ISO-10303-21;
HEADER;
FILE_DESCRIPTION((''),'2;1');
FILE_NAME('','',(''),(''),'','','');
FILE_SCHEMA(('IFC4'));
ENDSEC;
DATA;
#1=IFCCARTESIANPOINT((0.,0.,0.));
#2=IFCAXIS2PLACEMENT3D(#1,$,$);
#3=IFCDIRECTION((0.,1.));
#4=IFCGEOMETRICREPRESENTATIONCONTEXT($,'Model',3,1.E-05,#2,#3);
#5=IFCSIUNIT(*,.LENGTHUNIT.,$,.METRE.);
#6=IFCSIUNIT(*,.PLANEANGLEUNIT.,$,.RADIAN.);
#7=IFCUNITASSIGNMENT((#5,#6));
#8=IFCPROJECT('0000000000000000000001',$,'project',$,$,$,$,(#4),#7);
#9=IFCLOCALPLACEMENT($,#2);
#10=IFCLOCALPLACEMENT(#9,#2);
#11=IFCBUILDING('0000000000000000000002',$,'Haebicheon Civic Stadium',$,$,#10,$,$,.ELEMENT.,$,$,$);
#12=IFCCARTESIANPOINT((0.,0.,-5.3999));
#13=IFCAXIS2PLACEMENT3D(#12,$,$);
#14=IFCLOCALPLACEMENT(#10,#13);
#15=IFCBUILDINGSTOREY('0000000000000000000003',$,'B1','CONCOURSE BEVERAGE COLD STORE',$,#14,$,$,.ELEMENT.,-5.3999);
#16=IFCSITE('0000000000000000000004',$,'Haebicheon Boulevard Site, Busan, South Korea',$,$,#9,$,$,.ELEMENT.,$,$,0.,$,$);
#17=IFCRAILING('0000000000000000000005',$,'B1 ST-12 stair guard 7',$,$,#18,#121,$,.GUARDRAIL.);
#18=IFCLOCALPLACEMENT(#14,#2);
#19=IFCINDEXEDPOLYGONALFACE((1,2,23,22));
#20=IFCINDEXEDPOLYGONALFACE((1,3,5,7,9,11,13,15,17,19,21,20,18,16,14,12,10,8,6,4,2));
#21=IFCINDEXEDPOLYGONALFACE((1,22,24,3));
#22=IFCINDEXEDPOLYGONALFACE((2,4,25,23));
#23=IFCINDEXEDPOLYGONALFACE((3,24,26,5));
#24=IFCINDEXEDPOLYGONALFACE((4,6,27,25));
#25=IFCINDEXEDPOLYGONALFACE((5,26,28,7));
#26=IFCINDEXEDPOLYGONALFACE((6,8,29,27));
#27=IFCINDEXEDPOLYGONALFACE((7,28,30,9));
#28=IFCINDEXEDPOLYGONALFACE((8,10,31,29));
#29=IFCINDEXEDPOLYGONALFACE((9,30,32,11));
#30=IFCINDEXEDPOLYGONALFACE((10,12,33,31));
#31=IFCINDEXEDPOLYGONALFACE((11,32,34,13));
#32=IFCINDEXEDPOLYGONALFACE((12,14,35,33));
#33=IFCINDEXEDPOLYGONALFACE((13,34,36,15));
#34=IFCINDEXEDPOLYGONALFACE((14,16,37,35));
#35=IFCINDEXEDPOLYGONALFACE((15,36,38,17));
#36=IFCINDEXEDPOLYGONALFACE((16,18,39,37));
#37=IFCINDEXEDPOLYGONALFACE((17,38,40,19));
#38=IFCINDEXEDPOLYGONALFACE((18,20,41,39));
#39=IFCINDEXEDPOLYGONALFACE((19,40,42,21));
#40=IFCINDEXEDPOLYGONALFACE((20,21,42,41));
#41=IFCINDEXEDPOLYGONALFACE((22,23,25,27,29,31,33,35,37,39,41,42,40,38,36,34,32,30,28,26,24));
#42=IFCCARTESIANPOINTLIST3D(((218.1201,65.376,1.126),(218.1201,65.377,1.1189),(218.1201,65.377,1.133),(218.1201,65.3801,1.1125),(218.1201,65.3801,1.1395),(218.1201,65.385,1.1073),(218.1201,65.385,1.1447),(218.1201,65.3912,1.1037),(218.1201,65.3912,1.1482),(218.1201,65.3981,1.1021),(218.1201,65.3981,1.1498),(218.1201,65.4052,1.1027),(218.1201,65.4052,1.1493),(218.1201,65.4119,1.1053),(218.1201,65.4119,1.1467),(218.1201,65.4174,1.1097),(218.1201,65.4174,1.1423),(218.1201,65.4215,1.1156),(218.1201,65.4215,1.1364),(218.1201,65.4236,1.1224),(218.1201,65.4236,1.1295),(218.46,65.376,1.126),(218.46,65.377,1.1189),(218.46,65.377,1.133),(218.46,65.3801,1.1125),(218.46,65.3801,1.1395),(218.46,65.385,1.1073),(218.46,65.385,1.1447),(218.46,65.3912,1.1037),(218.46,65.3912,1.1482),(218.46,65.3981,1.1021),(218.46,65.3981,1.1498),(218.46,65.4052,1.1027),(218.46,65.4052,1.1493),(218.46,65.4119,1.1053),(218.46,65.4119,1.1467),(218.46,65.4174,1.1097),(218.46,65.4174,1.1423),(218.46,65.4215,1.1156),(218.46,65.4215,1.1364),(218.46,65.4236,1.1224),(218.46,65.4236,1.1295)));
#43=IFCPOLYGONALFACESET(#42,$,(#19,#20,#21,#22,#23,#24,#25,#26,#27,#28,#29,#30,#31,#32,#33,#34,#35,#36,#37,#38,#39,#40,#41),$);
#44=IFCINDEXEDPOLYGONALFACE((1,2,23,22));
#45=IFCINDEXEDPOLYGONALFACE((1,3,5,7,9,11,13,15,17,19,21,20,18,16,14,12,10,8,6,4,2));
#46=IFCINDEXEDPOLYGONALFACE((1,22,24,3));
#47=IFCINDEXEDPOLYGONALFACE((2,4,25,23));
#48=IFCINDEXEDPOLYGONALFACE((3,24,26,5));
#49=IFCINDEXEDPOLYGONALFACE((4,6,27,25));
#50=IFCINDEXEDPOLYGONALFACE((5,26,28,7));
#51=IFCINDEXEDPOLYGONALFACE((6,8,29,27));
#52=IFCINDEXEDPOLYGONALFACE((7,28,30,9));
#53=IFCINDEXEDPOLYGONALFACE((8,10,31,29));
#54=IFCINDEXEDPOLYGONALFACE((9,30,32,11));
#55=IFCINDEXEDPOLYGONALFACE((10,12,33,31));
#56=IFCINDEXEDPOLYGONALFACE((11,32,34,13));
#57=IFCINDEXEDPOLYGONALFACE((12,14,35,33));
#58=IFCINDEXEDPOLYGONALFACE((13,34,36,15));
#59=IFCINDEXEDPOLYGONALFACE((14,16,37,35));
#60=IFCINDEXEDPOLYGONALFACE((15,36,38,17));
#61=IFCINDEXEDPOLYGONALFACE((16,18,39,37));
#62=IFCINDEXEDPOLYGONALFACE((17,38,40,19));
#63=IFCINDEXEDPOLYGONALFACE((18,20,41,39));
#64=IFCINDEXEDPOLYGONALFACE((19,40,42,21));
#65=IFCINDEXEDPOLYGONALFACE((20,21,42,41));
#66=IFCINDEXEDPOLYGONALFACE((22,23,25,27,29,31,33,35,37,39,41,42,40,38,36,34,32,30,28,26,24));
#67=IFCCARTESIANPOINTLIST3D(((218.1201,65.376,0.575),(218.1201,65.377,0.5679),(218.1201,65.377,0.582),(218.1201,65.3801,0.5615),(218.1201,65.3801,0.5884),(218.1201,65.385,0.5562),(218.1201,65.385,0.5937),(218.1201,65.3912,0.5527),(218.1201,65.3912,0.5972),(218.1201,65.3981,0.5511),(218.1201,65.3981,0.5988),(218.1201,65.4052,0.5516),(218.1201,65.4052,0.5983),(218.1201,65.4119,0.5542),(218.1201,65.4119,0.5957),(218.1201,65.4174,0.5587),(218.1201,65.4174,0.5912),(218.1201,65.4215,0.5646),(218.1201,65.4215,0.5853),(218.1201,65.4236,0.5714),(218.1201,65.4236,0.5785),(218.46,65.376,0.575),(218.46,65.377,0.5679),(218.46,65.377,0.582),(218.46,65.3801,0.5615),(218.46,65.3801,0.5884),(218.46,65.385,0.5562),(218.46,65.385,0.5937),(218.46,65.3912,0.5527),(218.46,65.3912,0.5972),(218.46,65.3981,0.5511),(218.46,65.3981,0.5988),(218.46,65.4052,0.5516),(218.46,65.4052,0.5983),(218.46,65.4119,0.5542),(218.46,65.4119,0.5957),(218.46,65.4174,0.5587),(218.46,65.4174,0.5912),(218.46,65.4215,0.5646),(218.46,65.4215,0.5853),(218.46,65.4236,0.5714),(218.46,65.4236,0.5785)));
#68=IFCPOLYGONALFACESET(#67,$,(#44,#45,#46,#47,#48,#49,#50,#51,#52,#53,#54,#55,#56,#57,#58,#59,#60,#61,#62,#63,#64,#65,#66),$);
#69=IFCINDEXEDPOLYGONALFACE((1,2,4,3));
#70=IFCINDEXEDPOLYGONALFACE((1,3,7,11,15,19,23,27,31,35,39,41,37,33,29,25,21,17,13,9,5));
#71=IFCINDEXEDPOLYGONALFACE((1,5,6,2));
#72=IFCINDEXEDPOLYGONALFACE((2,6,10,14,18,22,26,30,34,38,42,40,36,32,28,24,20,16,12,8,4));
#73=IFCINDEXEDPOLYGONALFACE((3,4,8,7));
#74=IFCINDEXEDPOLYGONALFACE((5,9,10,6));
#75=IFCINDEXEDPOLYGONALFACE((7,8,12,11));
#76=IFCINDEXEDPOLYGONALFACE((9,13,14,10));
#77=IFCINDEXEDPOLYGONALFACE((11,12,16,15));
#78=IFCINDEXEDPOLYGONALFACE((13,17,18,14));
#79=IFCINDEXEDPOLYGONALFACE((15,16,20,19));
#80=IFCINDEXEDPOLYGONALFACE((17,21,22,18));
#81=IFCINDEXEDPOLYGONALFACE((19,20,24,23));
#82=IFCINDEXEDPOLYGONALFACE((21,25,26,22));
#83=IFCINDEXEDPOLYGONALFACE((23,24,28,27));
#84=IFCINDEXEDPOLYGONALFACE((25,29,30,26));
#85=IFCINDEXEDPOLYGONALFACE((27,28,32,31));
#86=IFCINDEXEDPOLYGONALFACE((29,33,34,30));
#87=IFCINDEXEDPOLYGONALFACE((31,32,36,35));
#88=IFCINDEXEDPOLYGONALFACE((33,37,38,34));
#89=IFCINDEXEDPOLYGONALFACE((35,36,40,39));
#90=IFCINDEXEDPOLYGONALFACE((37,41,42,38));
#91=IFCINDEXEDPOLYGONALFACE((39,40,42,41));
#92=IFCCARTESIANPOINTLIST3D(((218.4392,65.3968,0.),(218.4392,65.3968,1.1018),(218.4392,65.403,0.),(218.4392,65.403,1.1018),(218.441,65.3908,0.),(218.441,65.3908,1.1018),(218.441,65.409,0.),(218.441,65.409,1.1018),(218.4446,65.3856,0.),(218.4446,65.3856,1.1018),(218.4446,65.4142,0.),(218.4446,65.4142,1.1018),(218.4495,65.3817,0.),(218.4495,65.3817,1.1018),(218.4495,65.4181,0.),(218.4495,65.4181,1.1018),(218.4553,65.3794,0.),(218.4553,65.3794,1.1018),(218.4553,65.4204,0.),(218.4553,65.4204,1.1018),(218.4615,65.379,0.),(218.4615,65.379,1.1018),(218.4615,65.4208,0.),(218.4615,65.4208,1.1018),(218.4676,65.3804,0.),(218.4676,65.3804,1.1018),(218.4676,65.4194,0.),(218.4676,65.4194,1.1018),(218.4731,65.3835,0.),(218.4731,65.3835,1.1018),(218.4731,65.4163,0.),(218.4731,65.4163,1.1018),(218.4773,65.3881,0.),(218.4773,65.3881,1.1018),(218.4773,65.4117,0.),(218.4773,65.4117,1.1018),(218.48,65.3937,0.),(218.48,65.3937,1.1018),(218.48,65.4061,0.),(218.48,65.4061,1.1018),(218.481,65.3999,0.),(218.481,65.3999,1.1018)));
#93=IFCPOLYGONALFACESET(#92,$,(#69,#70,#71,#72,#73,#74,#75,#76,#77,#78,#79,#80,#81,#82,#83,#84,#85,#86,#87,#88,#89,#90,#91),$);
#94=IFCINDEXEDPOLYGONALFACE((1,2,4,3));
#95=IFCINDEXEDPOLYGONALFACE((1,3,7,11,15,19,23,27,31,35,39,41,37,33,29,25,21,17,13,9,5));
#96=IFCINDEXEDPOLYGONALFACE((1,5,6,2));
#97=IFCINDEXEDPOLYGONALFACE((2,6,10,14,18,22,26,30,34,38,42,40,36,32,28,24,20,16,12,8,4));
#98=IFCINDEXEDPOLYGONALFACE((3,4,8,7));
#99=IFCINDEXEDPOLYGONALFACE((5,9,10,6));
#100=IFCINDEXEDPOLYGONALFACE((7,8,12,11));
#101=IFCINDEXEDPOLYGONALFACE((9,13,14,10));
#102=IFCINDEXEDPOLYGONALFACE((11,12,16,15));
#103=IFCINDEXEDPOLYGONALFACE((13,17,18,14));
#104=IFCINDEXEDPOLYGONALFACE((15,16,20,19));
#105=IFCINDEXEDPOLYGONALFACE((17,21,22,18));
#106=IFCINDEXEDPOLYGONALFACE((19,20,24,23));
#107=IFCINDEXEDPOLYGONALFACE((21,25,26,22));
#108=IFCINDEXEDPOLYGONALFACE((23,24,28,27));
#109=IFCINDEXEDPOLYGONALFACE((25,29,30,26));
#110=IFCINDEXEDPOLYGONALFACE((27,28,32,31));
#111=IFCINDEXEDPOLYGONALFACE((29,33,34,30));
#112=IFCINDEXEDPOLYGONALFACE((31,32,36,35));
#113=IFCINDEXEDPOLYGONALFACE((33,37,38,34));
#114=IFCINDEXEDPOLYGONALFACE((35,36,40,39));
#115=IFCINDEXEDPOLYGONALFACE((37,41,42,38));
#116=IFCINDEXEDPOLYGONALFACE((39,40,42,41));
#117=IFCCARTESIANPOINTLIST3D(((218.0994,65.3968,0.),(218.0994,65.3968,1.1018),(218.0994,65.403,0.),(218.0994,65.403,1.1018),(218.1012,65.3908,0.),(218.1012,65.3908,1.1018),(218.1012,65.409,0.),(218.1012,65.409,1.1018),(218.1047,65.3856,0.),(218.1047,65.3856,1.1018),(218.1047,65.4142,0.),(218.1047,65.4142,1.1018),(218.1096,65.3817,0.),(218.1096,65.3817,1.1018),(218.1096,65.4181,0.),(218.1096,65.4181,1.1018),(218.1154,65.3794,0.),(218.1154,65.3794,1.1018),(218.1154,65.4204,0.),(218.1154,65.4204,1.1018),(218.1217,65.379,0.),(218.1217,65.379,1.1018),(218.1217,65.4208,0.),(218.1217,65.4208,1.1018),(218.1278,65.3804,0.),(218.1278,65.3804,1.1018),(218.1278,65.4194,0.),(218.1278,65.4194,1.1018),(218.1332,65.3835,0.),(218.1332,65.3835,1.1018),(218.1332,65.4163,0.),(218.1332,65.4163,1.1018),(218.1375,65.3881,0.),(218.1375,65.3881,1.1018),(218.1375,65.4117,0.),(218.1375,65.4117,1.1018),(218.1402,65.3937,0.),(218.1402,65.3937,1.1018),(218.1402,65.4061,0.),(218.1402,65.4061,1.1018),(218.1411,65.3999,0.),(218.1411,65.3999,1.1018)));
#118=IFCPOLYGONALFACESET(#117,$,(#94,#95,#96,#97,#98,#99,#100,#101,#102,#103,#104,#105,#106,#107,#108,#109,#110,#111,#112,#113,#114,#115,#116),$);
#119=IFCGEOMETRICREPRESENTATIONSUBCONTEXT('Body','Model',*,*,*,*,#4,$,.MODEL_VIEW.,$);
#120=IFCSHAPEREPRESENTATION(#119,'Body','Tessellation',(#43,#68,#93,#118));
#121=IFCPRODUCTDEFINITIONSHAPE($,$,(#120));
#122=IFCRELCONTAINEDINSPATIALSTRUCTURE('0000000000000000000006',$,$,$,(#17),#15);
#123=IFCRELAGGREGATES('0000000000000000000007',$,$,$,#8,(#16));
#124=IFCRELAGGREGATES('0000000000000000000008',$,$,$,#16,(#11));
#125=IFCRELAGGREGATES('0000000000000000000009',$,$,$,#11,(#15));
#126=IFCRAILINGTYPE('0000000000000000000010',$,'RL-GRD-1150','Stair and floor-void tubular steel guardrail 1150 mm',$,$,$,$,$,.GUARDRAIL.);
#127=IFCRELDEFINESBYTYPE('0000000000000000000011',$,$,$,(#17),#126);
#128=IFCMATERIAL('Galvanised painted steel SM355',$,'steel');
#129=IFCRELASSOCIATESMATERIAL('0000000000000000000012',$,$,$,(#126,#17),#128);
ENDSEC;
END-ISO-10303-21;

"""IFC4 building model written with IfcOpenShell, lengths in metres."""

from ifc_helpers import new_model, si_unit, direction, frame, origin, origin_2d, place, context, subcontext, project, spatial, circle, extrude, material, type_object, element, save


model = new_model("IFC4")

# Units and contexts
model_context = context("Model", 3, precision=1e-05, world=origin(), true_north=direction((0.0, 1.0)))
body_context = subcontext(model_context, "Body", "Model", "MODEL_VIEW")
ifc_project = project(units=[si_unit("LENGTHUNIT", "METRE"), si_unit("PLANEANGLEUNIT", "RADIAN")], contexts=[model_context])

# Site, building, storey
site_placement = place(None, origin())
site = spatial("IfcSite", under=ifc_project, at=site_placement, Name="Haebicheon Boulevard Site, Busan, South Korea", CompositionType="ELEMENT", RefElevation=0.0)
building_placement = place(site_placement, origin())
building = spatial("IfcBuilding", under=site, at=building_placement, Name="Haebicheon Civic Stadium", CompositionType="ELEMENT")
storey_placement = place(building_placement, frame((0.0, 0.0, -5.3999)))
storey = spatial("IfcBuildingStorey", under=building, at=storey_placement, Name="B1", Description="CONCOURSE BEVERAGE COLD STORE", CompositionType="ELEMENT", Elevation=-5.3999)

# Railing
ifc_material_1 = material(Name="Galvanised painted steel SM355", Category="steel")
railing_type_1 = type_object("IfcRailingType", Name="RL-GRD-1150", Description="Stair and floor-void tubular steel guardrail 1150 mm", PredefinedType="GUARDRAIL", material=ifc_material_1)
railing_1_placement = place(storey_placement, frame((218.46, 65.3999, 0.0)))
element("IfcRailing", 1, at=railing_1_placement, inside=storey, type_object=railing_type_1, material=ifc_material_1, Name="B1 ST-12 stair guard 7", PredefinedType="GUARDRAIL", context=body_context, shape_type="SweptSolid", body=[
    extrude(circle(Radius=0.0239, at=origin_2d()), frame((0.0, 0.0, 1.126), z_axis=(-1.0, 0.0, 0.0), x_axis=(0.0, -1.0, 0.0)), (0.0, 0.0, 1.0), 0.3398),
    extrude(circle(Radius=0.0239, at=origin_2d()), frame((0.0, 0.0, 0.575), z_axis=(-1.0, 0.0, 0.0), x_axis=(0.0, -1.0, 0.0)), (0.0, 0.0, 1.0), 0.3398),
    extrude(circle(Radius=0.021, at=origin_2d()), origin(), (0.0, 0.0, 1.0), 1.1018),
    extrude(circle(Radius=0.021, at=origin_2d()), frame((-0.3398, 0.0, 0.0)), (0.0, 0.0, 1.0), 1.1018),
])

save(model, "model.ifc")
